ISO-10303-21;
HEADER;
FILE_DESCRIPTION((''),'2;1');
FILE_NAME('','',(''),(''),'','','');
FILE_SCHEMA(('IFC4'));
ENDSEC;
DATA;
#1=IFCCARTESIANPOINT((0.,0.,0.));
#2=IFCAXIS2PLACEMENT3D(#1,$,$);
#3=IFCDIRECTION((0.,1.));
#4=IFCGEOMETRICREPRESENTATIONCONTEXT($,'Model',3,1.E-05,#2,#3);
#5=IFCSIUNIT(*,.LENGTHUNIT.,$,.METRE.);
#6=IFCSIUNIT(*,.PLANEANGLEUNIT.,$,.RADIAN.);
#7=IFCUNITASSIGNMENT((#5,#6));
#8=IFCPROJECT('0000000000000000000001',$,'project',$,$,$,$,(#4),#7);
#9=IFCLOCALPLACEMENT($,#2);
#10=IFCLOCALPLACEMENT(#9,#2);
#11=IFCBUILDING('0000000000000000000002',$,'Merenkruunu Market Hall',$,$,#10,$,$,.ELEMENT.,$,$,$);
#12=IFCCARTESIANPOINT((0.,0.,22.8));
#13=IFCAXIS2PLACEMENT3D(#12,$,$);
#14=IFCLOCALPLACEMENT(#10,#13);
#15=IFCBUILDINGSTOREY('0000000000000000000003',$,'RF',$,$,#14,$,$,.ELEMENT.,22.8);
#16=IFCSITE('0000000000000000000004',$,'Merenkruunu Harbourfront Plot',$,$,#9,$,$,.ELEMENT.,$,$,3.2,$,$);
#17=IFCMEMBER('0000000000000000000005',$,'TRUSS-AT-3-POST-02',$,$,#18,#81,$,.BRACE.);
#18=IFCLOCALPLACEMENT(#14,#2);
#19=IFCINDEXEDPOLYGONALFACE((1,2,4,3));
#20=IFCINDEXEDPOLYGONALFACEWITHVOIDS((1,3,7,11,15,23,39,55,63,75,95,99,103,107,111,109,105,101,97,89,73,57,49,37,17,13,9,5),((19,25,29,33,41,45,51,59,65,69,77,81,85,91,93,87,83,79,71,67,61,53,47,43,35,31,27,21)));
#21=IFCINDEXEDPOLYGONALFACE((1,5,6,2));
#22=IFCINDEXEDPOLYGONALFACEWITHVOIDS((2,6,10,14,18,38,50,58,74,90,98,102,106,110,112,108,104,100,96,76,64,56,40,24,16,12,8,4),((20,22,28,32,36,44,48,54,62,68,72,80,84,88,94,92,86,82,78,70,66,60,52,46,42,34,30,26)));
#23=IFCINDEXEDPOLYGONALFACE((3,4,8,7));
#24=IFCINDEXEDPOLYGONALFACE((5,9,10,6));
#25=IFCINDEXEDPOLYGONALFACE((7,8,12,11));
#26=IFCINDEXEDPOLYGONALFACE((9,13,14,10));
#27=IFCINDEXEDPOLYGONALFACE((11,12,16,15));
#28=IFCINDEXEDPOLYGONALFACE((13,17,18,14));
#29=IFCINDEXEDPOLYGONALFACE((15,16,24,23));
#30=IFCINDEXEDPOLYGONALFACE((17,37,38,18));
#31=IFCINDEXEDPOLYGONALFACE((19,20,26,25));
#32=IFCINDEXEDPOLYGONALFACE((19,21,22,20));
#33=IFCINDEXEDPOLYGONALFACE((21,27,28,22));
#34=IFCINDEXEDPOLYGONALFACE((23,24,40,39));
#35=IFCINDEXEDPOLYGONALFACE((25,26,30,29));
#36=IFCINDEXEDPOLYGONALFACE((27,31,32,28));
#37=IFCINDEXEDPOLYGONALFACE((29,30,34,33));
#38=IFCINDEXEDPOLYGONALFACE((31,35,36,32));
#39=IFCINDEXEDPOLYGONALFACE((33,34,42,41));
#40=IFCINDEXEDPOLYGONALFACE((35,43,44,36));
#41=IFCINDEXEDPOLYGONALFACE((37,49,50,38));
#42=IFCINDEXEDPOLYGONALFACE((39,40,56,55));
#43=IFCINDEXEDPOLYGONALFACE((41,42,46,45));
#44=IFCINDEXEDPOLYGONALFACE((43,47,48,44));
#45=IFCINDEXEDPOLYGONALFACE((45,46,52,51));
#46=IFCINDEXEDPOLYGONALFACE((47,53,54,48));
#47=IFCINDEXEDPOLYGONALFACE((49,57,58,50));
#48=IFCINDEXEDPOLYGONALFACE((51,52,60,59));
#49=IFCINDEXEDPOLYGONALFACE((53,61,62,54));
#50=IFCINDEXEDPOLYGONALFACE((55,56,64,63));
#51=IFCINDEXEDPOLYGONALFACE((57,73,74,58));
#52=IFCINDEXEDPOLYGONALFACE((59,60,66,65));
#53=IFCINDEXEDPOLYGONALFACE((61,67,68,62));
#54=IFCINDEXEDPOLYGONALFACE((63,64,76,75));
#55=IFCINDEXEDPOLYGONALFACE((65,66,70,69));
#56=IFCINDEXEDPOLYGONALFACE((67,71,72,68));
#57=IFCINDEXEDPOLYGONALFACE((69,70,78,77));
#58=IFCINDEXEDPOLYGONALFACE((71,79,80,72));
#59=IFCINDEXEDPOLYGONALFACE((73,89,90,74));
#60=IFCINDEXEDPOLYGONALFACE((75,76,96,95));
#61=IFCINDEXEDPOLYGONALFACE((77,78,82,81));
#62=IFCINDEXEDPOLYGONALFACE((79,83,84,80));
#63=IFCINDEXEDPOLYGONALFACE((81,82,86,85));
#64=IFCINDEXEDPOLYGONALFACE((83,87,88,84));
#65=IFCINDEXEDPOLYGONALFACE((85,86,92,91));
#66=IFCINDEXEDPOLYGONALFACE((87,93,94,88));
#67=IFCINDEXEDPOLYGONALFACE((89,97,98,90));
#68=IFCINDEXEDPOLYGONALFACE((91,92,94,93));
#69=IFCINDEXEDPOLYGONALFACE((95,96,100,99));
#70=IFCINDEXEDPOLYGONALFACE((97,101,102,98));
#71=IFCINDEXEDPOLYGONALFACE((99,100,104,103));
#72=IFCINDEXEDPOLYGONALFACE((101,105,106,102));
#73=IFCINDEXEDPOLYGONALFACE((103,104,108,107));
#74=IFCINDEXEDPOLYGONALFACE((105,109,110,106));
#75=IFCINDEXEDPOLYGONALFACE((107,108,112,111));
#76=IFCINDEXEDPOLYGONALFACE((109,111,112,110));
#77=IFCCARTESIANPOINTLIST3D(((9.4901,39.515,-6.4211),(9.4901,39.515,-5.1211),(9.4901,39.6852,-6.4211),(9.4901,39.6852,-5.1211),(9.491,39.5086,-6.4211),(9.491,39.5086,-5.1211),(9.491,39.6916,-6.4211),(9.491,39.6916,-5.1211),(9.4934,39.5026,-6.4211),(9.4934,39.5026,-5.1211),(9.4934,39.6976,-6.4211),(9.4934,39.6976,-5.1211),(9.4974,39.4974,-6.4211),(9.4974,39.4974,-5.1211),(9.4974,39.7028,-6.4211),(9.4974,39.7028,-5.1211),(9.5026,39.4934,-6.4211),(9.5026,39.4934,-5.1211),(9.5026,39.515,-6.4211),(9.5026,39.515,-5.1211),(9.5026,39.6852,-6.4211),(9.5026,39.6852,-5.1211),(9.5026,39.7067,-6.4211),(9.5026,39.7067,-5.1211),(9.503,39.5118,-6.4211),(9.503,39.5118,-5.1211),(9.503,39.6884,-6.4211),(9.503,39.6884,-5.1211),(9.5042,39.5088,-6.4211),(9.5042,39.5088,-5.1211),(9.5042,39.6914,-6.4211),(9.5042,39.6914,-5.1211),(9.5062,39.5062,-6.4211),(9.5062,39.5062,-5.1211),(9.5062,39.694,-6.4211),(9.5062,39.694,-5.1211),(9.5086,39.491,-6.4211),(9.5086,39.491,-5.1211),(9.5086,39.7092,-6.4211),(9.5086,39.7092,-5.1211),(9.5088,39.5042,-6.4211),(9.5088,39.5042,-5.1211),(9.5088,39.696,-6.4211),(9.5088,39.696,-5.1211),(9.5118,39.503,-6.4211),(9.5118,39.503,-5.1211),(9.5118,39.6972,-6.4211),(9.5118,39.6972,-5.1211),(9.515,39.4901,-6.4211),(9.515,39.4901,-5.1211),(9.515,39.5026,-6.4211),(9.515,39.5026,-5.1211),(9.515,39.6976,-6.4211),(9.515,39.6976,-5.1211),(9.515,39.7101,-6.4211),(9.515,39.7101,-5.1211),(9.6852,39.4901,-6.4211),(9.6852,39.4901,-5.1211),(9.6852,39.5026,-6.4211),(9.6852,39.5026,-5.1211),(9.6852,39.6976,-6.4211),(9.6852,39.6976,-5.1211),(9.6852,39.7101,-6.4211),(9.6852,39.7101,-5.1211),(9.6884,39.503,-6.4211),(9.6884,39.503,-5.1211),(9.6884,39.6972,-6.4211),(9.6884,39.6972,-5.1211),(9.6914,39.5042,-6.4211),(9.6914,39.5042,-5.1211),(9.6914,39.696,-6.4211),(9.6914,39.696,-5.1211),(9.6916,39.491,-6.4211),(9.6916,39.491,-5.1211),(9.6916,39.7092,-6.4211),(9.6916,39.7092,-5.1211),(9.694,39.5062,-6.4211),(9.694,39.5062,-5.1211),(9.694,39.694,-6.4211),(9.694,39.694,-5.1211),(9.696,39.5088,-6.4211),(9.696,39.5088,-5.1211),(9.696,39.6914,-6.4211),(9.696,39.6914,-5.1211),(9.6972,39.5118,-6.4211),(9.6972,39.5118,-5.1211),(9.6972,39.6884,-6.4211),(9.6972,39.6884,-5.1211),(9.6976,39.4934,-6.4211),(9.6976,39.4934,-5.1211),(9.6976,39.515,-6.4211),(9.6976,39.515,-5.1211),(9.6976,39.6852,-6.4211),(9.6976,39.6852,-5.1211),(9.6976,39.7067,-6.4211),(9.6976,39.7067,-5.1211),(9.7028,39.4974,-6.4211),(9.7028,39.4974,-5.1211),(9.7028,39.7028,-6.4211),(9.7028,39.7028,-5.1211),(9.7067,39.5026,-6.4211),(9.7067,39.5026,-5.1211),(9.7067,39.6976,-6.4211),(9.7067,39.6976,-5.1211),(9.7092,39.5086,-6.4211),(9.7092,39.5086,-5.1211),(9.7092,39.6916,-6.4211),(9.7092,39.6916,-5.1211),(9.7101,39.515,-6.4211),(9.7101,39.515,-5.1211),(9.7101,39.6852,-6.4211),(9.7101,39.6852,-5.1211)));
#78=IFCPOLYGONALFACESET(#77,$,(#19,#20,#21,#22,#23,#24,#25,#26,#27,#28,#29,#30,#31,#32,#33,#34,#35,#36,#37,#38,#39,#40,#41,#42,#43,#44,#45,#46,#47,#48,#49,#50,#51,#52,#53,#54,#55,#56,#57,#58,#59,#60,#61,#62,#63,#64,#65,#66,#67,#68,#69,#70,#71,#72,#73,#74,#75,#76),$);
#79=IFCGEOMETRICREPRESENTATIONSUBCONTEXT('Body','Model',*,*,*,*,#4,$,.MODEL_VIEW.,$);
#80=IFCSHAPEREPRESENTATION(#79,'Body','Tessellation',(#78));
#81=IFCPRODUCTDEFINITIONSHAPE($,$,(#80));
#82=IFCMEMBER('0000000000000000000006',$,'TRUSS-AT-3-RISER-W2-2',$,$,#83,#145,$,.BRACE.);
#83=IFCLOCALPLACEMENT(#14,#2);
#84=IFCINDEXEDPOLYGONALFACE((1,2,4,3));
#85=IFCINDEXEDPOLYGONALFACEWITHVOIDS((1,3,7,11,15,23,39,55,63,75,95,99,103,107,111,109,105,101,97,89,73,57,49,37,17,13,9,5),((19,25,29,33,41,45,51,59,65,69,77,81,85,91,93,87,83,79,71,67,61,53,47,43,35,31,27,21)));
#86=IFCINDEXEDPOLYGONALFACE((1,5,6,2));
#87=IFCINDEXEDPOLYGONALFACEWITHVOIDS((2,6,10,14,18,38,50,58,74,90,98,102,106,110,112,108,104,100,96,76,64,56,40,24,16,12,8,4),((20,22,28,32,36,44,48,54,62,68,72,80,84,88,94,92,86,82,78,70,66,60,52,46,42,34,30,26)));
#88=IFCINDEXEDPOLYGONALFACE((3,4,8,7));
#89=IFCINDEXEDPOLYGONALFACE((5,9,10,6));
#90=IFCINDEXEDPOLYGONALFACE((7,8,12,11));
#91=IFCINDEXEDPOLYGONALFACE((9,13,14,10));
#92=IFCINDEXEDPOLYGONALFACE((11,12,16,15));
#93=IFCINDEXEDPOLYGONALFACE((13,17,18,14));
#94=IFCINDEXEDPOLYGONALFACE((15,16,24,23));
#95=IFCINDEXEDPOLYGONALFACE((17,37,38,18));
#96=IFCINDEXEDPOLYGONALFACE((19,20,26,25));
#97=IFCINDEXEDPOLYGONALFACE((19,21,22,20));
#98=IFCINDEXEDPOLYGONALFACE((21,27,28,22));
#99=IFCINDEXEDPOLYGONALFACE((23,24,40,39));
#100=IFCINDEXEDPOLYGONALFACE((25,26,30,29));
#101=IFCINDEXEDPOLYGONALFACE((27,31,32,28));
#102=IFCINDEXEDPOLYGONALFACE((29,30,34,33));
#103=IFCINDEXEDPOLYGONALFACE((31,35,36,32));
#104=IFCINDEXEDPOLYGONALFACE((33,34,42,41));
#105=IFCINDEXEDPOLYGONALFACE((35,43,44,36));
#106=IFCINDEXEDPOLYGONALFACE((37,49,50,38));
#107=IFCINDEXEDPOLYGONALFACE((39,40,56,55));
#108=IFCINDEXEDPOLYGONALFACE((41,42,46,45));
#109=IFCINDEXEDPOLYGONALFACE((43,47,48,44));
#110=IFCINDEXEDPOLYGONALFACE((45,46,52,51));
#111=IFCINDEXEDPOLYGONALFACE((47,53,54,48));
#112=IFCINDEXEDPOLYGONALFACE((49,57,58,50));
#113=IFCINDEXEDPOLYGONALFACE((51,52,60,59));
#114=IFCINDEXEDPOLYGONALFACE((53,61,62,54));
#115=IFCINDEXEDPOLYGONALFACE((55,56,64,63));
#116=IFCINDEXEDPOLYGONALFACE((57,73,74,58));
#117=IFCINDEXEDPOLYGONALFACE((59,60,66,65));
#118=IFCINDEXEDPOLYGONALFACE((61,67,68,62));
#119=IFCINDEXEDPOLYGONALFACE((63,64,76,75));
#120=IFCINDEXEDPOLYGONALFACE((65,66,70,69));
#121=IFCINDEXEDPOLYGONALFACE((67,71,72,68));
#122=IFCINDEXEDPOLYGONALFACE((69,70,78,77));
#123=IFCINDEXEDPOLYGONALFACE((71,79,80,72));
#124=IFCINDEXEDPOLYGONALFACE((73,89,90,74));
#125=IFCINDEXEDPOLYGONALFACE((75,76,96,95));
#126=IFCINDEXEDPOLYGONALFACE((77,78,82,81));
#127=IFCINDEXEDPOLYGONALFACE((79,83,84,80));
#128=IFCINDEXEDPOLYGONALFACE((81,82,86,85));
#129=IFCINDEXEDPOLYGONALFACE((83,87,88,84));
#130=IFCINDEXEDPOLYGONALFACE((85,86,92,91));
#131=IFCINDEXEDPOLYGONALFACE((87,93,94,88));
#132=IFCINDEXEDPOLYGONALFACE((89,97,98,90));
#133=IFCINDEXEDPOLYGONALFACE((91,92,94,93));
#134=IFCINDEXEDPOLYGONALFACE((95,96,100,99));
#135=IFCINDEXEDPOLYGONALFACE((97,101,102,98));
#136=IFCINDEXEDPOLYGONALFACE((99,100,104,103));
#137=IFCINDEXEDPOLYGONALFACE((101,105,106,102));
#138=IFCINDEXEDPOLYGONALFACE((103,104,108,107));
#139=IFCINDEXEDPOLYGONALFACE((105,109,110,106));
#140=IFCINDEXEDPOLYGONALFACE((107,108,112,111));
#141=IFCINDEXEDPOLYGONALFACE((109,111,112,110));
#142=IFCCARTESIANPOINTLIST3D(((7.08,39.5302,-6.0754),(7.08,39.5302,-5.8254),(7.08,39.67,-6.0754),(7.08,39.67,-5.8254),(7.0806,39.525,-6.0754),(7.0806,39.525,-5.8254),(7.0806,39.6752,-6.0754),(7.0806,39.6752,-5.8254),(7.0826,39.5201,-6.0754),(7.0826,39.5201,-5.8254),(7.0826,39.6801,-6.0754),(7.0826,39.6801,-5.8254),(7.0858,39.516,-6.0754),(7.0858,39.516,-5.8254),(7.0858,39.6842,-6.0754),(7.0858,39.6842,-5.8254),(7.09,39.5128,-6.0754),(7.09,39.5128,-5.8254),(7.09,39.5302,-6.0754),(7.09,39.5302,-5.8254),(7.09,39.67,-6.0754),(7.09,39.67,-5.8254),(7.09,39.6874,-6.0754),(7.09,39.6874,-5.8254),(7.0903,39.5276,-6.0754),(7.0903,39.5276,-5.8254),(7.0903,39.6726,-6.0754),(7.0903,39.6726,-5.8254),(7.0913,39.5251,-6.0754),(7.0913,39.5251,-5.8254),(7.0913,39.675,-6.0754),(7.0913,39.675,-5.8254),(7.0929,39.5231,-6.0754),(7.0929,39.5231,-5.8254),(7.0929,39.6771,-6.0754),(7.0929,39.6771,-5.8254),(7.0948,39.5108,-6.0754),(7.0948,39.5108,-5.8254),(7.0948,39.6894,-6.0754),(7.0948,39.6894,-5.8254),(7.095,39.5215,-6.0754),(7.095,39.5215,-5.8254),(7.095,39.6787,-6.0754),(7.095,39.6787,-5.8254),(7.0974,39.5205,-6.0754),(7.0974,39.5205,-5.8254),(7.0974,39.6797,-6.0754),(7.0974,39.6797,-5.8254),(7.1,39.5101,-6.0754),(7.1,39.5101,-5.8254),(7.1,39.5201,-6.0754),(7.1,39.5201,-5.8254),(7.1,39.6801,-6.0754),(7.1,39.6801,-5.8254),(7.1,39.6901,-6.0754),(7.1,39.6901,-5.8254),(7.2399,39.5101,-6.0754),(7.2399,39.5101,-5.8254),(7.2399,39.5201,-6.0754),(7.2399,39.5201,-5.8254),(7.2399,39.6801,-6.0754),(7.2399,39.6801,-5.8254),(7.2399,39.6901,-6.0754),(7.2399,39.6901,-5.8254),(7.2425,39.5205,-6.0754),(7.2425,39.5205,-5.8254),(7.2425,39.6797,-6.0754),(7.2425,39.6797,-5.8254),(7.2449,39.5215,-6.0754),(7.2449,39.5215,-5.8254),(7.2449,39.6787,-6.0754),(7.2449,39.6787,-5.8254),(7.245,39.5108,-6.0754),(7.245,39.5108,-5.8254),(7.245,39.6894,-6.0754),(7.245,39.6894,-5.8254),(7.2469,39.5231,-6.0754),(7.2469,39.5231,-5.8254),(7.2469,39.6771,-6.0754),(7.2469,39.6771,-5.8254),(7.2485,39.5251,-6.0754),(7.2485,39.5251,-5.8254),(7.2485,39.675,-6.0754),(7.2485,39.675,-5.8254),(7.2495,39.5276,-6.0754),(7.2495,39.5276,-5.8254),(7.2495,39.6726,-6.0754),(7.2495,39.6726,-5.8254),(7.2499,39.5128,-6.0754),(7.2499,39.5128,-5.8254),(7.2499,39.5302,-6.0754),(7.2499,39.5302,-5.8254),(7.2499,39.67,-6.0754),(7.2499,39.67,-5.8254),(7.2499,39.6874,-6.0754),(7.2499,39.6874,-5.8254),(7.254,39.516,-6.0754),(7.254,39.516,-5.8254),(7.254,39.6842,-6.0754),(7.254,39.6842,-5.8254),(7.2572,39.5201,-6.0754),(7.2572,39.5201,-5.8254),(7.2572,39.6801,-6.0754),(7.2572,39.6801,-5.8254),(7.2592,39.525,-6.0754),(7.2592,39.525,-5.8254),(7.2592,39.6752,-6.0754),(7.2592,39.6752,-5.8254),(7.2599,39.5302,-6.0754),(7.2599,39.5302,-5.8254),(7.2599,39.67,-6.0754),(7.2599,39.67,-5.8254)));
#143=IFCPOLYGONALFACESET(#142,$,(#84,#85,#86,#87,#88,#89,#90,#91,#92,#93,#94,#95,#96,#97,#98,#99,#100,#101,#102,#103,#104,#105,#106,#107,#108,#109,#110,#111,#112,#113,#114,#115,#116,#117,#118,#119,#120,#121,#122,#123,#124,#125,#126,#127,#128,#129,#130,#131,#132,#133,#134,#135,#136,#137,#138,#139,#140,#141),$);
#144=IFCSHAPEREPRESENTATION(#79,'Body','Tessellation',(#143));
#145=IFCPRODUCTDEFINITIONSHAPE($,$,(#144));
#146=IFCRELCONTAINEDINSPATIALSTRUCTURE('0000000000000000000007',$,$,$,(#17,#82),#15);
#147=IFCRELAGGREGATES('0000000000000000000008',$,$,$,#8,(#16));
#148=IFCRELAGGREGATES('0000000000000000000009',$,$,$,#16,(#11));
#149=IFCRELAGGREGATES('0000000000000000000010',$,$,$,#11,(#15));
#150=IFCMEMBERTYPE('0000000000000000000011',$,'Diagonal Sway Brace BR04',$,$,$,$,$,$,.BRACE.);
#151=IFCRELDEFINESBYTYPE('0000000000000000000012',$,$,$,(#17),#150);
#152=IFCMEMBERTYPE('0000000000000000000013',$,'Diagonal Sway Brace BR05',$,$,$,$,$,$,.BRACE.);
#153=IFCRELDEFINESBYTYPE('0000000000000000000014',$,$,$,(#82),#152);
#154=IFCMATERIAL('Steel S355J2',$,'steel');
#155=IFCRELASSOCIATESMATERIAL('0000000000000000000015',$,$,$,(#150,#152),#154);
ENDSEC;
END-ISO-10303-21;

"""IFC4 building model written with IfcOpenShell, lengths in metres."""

from ifc_helpers import new_model, si_unit, direction, frame, origin, origin_2d, place, context, subcontext, project, spatial, hollow_rectangle, extrude, material, material_profile, profile_set, type_object, element, save


model = new_model("IFC4")

# Units and contexts
model_context = context("Model", 3, precision=1e-05, world=origin(), true_north=direction((0.0, 1.0)))
body_context = subcontext(model_context, "Body", "Model", "MODEL_VIEW")
ifc_project = project(units=[si_unit("LENGTHUNIT", "METRE"), si_unit("PLANEANGLEUNIT", "RADIAN")], contexts=[model_context])

# Site, building, storey
site_placement = place(None, origin())
site = spatial("IfcSite", under=ifc_project, at=site_placement, Name="Merenkruunu Harbourfront Plot", CompositionType="ELEMENT", RefElevation=3.2)
building_placement = place(site_placement, origin())
building = spatial("IfcBuilding", under=site, at=building_placement, Name="Merenkruunu Market Hall", CompositionType="ELEMENT")
storey_placement = place(building_placement, frame((0.0, 0.0, 22.8)))
storey = spatial("IfcBuildingStorey", under=building, at=storey_placement, Name="RF", CompositionType="ELEMENT", Elevation=22.8)

# Members
ifc_material_1 = material(Name="Steel S355J2", Category="steel")
ifc_material_profile_1 = material_profile(ifc_material_1, hollow_rectangle(XDim=0.22, YDim=0.22, WallThickness=0.0125, InnerFilletRadius=0.0125, OuterFilletRadius=0.0249, at=origin_2d()), Name="SHS 220x220x12.5")
ifc_profile_set_1 = profile_set([ifc_material_profile_1], Name="Steel S355J2")
member_type_1 = type_object("IfcMemberType", Name="Diagonal Sway Brace BR04", PredefinedType="BRACE", material=ifc_profile_set_1)
member_1_placement = place(storey_placement, frame((9.6001, 39.6001, -6.4211), z_axis=(0.0, 0.0, 1.0), x_axis=(1.0, 0.0, 0.0)))
element("IfcMember", 1, at=member_1_placement, inside=storey, type_object=member_type_1, Name="TRUSS-AT-3-POST-02", PredefinedType="BRACE", context=body_context, shape_type="SweptSolid", body=[
    extrude(hollow_rectangle(XDim=0.22, YDim=0.22, WallThickness=0.0125, InnerFilletRadius=0.0125, OuterFilletRadius=0.0249, at=origin_2d()), origin(), (0.0, 0.0, 1.0), 1.3),
])
ifc_material_profile_2 = material_profile(ifc_material_1, hollow_rectangle(XDim=0.1799, YDim=0.1799, WallThickness=0.01, InnerFilletRadius=0.01, OuterFilletRadius=0.02, at=origin_2d()), Name="SHS 180x180x10")
ifc_profile_set_2 = profile_set([ifc_material_profile_2], Name="Steel S355J2")
member_type_2 = type_object("IfcMemberType", Name="Diagonal Sway Brace BR05", PredefinedType="BRACE", material=ifc_profile_set_2)
member_2_placement = place(storey_placement, frame((7.1699, 39.6001, -6.0754), z_axis=(0.0, 0.0, 1.0), x_axis=(1.0, 0.0, 0.0)))
element("IfcMember", 2, at=member_2_placement, inside=storey, type_object=member_type_2, Name="TRUSS-AT-3-RISER-W2-2", PredefinedType="BRACE", context=body_context, shape_type="SweptSolid", body=[
    extrude(hollow_rectangle(XDim=0.1799, YDim=0.1799, WallThickness=0.01, InnerFilletRadius=0.01, OuterFilletRadius=0.02, at=origin_2d()), origin(), (0.0, 0.0, 1.0), 0.25),
])

save(model, "model.ifc")
